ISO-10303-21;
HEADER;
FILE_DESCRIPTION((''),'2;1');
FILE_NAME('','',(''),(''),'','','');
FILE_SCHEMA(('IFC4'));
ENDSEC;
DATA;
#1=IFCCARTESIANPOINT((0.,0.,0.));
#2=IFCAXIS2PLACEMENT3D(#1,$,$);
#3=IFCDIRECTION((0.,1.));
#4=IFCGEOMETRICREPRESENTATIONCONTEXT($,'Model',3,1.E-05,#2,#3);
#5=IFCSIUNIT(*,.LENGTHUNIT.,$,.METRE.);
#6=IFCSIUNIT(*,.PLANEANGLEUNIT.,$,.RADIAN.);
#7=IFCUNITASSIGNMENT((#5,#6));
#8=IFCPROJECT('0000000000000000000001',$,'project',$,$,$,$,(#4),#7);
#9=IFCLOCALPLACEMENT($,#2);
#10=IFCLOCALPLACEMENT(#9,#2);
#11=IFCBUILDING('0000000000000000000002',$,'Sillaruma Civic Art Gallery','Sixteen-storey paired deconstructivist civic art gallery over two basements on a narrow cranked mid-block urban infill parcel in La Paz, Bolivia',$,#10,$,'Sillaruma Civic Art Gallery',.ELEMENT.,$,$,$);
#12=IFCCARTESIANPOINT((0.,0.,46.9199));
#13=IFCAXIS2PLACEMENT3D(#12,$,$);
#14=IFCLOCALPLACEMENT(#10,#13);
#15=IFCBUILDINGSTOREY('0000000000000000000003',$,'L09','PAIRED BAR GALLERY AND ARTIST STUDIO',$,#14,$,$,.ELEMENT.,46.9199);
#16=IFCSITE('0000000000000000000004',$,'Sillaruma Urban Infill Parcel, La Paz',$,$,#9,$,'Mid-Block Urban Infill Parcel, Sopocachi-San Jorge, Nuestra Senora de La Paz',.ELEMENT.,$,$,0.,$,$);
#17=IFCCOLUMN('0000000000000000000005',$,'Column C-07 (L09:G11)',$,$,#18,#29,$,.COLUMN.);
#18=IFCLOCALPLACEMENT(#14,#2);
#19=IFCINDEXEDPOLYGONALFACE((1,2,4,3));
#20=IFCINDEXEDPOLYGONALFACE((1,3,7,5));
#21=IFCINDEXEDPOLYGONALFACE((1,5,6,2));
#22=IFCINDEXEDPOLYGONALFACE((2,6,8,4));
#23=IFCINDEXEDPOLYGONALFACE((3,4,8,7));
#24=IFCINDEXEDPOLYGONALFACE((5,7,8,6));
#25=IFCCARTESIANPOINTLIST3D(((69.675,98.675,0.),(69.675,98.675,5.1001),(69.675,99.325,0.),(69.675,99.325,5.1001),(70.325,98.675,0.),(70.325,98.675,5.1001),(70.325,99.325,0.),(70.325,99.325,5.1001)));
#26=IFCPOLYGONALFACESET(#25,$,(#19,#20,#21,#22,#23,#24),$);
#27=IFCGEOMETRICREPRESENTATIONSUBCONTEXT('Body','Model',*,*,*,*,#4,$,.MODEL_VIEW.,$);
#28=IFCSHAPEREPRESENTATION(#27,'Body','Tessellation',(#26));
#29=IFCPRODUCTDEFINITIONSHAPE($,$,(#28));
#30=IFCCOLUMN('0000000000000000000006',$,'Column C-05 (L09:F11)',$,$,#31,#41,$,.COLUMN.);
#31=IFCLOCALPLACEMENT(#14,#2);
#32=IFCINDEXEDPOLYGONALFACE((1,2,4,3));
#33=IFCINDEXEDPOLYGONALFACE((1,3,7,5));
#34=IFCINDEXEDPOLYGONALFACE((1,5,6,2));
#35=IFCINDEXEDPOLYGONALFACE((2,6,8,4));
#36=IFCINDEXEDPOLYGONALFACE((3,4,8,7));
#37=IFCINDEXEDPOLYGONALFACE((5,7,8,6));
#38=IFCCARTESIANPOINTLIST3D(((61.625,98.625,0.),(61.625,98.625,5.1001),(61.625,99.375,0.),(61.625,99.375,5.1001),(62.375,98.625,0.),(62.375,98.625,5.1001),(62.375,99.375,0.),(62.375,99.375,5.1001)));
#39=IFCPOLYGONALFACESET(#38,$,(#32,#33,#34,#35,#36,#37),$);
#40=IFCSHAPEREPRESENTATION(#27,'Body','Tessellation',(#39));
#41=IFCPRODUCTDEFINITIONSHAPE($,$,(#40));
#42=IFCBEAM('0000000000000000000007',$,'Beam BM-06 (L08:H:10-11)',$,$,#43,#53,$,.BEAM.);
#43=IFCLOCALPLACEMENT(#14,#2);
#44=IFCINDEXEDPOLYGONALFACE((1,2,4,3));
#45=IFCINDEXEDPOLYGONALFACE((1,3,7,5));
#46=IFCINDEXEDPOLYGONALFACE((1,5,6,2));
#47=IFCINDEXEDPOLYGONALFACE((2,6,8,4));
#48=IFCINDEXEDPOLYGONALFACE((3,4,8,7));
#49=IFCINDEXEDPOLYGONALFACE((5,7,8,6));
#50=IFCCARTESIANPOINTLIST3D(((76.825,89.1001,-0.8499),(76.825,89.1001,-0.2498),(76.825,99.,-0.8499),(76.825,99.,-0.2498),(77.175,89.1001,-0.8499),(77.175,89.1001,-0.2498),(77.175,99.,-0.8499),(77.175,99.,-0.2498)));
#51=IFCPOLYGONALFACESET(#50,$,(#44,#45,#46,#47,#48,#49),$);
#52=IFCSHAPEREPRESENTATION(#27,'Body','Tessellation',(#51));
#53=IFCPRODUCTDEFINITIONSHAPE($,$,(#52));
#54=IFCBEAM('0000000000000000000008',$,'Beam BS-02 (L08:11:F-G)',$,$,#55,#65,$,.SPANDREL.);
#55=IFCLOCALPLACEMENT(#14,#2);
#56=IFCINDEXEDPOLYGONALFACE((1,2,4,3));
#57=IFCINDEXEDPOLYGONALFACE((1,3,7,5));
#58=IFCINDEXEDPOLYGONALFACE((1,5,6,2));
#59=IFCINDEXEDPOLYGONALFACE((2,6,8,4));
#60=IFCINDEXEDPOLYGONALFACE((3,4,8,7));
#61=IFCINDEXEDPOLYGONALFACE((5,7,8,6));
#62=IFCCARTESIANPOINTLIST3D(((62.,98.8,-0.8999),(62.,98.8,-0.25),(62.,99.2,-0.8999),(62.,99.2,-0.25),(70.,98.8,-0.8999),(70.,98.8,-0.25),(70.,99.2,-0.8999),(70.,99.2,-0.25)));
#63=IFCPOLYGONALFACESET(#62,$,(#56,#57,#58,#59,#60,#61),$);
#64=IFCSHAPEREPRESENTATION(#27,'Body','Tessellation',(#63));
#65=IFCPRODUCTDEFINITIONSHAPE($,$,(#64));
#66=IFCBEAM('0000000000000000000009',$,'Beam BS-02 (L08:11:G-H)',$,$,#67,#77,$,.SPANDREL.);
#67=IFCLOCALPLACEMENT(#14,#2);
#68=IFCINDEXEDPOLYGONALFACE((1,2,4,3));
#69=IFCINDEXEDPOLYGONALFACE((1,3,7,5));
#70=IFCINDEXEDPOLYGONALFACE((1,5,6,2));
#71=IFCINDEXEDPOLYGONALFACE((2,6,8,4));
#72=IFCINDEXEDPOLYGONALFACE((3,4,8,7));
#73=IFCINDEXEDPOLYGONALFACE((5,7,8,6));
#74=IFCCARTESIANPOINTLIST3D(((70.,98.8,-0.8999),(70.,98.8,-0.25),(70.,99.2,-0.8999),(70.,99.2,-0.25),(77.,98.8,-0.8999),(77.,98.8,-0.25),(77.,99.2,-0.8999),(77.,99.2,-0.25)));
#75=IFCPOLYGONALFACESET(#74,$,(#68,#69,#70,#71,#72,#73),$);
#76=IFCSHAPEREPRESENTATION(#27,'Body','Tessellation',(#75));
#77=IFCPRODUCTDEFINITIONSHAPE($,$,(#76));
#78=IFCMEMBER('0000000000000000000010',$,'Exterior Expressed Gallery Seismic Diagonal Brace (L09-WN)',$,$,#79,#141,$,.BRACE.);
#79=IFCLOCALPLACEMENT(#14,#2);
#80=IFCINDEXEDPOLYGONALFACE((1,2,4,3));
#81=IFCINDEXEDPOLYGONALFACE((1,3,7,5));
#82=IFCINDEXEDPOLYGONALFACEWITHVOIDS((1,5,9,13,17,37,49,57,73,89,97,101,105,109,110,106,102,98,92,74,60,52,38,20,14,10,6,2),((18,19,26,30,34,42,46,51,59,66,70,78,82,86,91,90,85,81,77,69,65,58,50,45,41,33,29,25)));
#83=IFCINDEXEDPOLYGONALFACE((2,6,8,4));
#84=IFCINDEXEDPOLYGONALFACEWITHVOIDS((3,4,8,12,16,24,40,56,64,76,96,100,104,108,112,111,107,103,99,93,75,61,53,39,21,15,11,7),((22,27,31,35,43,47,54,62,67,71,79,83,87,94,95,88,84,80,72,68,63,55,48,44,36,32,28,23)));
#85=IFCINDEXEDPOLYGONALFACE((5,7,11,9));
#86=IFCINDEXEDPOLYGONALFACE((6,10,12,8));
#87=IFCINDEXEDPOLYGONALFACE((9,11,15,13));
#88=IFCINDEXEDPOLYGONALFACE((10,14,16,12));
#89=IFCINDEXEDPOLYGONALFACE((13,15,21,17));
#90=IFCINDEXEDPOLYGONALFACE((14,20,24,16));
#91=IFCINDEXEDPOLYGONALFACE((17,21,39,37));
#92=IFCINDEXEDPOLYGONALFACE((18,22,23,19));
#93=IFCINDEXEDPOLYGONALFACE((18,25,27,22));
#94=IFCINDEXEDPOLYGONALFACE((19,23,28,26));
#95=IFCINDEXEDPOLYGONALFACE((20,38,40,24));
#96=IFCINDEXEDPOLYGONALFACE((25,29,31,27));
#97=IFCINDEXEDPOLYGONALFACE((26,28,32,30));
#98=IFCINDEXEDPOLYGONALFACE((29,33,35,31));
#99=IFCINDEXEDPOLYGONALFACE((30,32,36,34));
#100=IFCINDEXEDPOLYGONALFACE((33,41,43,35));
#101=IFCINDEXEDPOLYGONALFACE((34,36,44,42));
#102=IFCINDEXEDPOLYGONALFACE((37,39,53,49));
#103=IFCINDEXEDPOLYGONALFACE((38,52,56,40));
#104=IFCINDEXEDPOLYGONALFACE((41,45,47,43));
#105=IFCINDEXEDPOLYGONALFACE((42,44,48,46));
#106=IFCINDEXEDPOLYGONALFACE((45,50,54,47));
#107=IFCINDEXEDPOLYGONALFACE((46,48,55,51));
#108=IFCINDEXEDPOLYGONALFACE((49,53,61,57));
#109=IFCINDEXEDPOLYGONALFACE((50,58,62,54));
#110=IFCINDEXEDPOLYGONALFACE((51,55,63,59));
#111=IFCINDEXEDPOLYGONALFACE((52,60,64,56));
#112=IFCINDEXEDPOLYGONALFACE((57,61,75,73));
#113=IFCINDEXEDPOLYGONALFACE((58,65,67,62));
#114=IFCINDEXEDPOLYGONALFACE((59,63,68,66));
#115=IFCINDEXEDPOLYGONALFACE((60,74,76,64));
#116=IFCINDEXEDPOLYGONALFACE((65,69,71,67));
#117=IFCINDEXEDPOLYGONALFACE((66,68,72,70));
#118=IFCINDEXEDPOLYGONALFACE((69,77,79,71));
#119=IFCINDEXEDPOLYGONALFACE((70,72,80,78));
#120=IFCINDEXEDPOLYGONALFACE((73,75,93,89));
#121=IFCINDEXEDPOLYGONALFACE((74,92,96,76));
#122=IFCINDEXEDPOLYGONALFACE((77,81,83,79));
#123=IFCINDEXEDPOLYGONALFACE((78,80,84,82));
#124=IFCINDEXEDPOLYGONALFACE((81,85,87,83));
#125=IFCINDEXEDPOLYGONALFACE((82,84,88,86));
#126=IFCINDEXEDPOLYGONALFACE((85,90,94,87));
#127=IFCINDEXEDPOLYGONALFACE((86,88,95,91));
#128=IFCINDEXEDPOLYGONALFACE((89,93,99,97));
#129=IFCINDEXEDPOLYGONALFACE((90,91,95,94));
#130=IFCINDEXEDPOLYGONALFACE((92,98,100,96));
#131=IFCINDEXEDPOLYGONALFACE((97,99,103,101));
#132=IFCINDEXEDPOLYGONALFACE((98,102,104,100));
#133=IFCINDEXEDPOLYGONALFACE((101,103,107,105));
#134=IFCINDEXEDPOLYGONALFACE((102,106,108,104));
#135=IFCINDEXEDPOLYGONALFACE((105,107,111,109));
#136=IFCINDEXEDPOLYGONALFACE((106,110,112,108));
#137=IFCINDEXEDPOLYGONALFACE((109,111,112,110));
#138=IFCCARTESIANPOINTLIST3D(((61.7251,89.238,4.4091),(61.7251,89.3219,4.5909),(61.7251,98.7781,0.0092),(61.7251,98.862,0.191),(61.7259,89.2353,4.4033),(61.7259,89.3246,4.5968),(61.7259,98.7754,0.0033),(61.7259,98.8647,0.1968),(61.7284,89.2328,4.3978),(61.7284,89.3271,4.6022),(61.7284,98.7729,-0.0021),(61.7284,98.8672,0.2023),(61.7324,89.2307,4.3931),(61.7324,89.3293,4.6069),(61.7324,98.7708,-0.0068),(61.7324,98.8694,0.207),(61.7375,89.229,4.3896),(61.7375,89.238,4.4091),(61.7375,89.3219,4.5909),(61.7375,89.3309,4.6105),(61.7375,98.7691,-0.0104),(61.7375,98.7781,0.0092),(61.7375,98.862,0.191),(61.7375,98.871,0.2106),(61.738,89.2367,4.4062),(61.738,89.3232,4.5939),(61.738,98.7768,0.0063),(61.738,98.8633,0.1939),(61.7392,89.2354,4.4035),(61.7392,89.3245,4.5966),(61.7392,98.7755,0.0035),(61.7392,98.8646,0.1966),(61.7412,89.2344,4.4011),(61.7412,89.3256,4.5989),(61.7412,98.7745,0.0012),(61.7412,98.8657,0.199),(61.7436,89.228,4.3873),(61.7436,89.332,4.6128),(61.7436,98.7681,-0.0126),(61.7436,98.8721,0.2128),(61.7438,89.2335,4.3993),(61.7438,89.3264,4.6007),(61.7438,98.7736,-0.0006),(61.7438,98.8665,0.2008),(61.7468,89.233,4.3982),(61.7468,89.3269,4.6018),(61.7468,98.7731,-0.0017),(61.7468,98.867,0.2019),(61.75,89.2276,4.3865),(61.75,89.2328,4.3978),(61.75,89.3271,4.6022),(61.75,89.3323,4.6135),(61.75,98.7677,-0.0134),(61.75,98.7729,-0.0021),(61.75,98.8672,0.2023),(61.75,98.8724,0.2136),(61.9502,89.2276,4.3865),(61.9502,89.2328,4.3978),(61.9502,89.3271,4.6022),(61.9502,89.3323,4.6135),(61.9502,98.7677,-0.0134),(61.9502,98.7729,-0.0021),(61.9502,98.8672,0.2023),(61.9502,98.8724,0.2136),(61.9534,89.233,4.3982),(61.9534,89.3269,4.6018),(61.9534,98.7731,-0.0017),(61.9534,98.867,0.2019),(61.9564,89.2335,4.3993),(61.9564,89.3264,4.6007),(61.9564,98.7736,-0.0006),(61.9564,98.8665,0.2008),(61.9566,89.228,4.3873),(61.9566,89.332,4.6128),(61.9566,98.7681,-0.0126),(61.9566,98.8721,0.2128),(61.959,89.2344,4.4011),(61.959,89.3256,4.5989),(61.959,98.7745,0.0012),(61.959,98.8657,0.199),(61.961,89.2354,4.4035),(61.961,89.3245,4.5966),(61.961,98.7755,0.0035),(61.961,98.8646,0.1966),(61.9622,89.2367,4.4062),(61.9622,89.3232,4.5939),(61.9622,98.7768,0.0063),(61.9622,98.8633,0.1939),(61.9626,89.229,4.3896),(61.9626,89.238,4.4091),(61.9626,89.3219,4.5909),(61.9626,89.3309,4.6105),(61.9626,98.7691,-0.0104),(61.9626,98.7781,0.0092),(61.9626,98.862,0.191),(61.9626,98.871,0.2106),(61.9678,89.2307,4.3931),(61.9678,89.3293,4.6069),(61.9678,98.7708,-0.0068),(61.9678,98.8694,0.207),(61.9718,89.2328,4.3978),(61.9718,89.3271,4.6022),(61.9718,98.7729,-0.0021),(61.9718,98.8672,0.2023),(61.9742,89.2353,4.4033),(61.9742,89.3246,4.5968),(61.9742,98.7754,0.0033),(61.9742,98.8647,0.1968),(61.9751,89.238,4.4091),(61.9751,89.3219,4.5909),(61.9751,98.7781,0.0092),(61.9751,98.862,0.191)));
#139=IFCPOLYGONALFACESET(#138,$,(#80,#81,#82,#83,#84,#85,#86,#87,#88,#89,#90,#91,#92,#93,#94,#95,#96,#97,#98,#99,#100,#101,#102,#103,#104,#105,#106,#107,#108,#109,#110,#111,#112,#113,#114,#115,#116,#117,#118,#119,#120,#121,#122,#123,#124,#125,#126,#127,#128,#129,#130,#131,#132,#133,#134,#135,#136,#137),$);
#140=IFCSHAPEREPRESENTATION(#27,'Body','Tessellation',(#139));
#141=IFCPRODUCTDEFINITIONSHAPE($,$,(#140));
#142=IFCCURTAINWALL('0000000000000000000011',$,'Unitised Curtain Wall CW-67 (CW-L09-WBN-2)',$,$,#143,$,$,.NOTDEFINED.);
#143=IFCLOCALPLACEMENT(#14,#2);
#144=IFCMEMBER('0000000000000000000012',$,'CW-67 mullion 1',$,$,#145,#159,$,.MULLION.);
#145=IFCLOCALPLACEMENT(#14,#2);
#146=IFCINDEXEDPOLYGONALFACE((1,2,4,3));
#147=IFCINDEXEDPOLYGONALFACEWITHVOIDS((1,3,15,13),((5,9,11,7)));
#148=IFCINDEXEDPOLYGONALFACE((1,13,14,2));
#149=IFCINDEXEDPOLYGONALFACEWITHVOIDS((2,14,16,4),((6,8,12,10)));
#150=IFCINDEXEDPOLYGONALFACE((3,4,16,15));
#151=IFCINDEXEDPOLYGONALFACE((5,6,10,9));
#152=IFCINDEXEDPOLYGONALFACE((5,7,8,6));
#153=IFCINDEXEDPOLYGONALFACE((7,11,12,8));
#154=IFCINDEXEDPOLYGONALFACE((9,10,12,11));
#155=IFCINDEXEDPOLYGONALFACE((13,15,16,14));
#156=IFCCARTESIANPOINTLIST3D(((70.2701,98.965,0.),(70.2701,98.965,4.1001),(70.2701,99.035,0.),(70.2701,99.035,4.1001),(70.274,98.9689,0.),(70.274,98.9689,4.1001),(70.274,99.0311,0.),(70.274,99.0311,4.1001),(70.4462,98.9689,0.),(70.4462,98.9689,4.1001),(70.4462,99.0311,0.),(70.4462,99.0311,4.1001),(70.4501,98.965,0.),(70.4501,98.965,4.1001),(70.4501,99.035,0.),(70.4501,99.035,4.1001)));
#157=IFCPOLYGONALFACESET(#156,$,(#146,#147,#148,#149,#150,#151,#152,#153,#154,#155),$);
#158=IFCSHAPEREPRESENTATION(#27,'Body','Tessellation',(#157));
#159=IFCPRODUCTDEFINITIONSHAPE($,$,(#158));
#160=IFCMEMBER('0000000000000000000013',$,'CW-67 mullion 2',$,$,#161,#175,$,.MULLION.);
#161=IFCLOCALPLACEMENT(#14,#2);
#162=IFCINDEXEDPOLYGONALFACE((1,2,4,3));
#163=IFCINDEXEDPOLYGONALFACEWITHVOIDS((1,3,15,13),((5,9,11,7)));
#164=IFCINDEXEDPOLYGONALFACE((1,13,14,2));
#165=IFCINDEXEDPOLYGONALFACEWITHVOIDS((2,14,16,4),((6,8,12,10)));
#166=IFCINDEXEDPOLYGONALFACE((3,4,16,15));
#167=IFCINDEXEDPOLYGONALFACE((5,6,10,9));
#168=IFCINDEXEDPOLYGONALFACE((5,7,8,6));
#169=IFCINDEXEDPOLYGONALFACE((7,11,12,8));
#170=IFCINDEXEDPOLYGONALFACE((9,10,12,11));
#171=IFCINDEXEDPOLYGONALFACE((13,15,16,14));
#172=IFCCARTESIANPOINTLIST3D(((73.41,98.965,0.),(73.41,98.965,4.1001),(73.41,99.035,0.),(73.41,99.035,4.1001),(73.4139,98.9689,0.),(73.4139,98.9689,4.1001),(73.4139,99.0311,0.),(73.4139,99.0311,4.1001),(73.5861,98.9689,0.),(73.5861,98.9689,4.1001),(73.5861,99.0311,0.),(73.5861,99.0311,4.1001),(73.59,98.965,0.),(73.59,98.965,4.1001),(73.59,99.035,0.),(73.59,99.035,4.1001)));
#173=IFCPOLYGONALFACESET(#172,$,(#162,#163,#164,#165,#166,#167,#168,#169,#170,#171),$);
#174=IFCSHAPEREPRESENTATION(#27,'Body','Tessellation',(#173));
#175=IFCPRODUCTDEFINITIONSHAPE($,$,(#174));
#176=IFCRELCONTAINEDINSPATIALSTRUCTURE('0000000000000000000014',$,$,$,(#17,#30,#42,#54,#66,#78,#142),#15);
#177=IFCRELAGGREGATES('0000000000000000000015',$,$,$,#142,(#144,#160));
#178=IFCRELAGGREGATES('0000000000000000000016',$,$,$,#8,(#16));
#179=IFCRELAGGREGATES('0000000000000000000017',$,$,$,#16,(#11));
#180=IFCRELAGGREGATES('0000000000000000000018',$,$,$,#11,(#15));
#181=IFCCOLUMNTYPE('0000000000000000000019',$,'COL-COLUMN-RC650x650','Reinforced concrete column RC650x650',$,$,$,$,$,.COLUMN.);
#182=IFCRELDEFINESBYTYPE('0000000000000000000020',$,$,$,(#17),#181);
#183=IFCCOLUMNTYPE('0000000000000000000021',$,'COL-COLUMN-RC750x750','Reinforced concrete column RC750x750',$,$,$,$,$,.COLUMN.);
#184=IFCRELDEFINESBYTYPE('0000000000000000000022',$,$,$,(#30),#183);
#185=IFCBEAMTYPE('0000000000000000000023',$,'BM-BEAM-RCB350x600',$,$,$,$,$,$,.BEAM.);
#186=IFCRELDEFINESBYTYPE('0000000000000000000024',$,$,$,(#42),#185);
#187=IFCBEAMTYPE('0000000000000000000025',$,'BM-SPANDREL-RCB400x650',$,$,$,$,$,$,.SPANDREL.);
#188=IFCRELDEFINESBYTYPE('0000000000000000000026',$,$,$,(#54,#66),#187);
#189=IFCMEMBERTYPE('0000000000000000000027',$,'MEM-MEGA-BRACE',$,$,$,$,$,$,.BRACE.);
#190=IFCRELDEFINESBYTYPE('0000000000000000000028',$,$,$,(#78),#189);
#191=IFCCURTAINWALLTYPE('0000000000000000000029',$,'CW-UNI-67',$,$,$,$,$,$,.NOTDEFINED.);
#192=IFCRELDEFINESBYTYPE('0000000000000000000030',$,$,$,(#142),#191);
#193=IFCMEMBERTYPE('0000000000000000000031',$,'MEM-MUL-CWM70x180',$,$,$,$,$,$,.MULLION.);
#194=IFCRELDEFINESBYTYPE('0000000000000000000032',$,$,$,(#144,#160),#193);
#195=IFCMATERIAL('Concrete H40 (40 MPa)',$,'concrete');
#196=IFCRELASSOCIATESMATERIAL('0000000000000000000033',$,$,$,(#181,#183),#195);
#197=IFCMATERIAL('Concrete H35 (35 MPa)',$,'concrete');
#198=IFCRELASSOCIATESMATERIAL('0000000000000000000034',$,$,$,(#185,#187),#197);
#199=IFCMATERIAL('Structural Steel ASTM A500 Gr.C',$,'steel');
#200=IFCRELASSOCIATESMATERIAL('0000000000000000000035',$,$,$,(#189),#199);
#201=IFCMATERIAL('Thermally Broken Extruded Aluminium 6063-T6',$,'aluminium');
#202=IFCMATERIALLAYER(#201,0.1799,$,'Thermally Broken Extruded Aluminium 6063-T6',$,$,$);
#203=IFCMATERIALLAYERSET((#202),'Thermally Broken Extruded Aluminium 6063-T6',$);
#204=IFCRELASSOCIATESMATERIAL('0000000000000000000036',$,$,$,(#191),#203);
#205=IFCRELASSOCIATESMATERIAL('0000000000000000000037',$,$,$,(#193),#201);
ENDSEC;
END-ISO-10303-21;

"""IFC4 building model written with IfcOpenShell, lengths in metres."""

from ifc_helpers import new_model, si_unit, direction, frame, origin, origin_2d, place, context, subcontext, project, spatial, rectangle, hollow_rectangle, extrude, material, layer, layer_set, material_profile, profile_set, type_object, element, aggregate, save


model = new_model("IFC4")

# Units and contexts
model_context = context("Model", 3, precision=1e-05, world=origin(), true_north=direction((0.0, 1.0)))
body_context = subcontext(model_context, "Body", "Model", "MODEL_VIEW")
ifc_project = project(units=[si_unit("LENGTHUNIT", "METRE"), si_unit("PLANEANGLEUNIT", "RADIAN")], contexts=[model_context])

# Site, building, storey
site_placement = place(None, origin())
site = spatial("IfcSite", under=ifc_project, at=site_placement, Name="Sillaruma Urban Infill Parcel, La Paz", LongName="Mid-Block Urban Infill Parcel, Sopocachi-San Jorge, Nuestra Senora de La Paz", CompositionType="ELEMENT", RefElevation=0.0)
building_placement = place(site_placement, origin())
building = spatial("IfcBuilding", under=site, at=building_placement, Name="Sillaruma Civic Art Gallery", Description="Sixteen-storey paired deconstructivist civic art gallery over two basements on a narrow cranked mid-block urban infill parcel in La Paz, Bolivia", LongName="Sillaruma Civic Art Gallery", CompositionType="ELEMENT")
storey_placement = place(building_placement, frame((0.0, 0.0, 46.9199)))
storey = spatial("IfcBuildingStorey", under=building, at=storey_placement, Name="L09", Description="PAIRED BAR GALLERY AND ARTIST STUDIO", CompositionType="ELEMENT", Elevation=46.9199)

# Columns
ifc_material_1 = material(Name="Concrete H40 (40 MPa)", Category="concrete")
ifc_material_profile_1 = material_profile(ifc_material_1, rectangle(XDim=0.6499, YDim=0.6499, at=origin_2d()), Name="RC650x650")
ifc_profile_set_1 = profile_set([ifc_material_profile_1], Name="Concrete H40 (40 MPa)")
column_type_1 = type_object("IfcColumnType", Name="COL-COLUMN-RC650x650", Description="Reinforced concrete column RC650x650", PredefinedType="COLUMN", material=ifc_profile_set_1)
column_1_placement = place(storey_placement, frame((70.0, 99.0, 0.0), z_axis=(0.0, 0.0, 1.0), x_axis=(1.0, 0.0, 0.0)))
element("IfcColumn", 1, at=column_1_placement, inside=storey, type_object=column_type_1, Name="Column C-07 (L09:G11)", PredefinedType="COLUMN", context=body_context, shape_type="SweptSolid", body=[
    extrude(rectangle(XDim=0.6499, YDim=0.6499, at=origin_2d()), origin(), (0.0, 0.0, 1.0), 5.1001),
])
ifc_material_profile_2 = material_profile(ifc_material_1, rectangle(XDim=0.75, YDim=0.75, at=origin_2d()), Name="RC750x750")
ifc_profile_set_2 = profile_set([ifc_material_profile_2], Name="Concrete H40 (40 MPa)")
column_type_2 = type_object("IfcColumnType", Name="COL-COLUMN-RC750x750", Description="Reinforced concrete column RC750x750", PredefinedType="COLUMN", material=ifc_profile_set_2)
column_2_placement = place(storey_placement, frame((62.0, 99.0, 0.0), z_axis=(0.0, 0.0, 1.0), x_axis=(1.0, 0.0, 0.0)))
element("IfcColumn", 2, at=column_2_placement, inside=storey, type_object=column_type_2, Name="Column C-05 (L09:F11)", PredefinedType="COLUMN", context=body_context, shape_type="SweptSolid", body=[
    extrude(rectangle(XDim=0.75, YDim=0.75, at=origin_2d()), origin(), (0.0, 0.0, 1.0), 5.1001),
])

# Beams
ifc_material_2 = material(Name="Concrete H35 (35 MPa)", Category="concrete")
ifc_material_profile_3 = material_profile(ifc_material_2, rectangle(XDim=0.3501, YDim=0.6001, at=origin_2d()), Name="RCB350x600")
ifc_profile_set_3 = profile_set([ifc_material_profile_3], Name="Concrete H35 (35 MPa)")
beam_type_1 = type_object("IfcBeamType", Name="BM-BEAM-RCB350x600", PredefinedType="BEAM", material=ifc_profile_set_3)
beam_1_placement = place(storey_placement, frame((77.0, 89.1001, -0.5498), z_axis=(0.0, 1.0, 0.0), x_axis=(-1.0, 0.0, 0.0)))
element("IfcBeam", 3, at=beam_1_placement, inside=storey, type_object=beam_type_1, Name="Beam BM-06 (L08:H:10-11)", PredefinedType="BEAM", context=body_context, shape_type="SweptSolid", body=[
    extrude(rectangle(XDim=0.3501, YDim=0.6001, at=origin_2d()), origin(), (0.0, 0.0, 1.0), 9.8999),
])
ifc_material_profile_4 = material_profile(ifc_material_2, rectangle(XDim=0.3999, YDim=0.6499, at=origin_2d()), Name="RCB400x650")
ifc_profile_set_4 = profile_set([ifc_material_profile_4], Name="Concrete H35 (35 MPa)")
beam_type_2 = type_object("IfcBeamType", Name="BM-SPANDREL-RCB400x650", PredefinedType="SPANDREL", material=ifc_profile_set_4)
beam_2_placement = place(storey_placement, frame((62.0, 99.0, -0.575), z_axis=(1.0, 0.0, 0.0), x_axis=(0.0, 1.0, 0.0)))
element("IfcBeam", 4, at=beam_2_placement, inside=storey, type_object=beam_type_2, Name="Beam BS-02 (L08:11:F-G)", PredefinedType="SPANDREL", context=body_context, shape_type="SweptSolid", body=[
    extrude(rectangle(XDim=0.3999, YDim=0.6499, at=origin_2d()), origin(), (0.0, 0.0, 1.0), 8.0),
])
beam_3_placement = place(storey_placement, frame((70.0, 99.0, -0.575), z_axis=(1.0, 0.0, 0.0), x_axis=(0.0, 1.0, 0.0)))
element("IfcBeam", 5, at=beam_3_placement, inside=storey, type_object=beam_type_2, Name="Beam BS-02 (L08:11:G-H)", PredefinedType="SPANDREL", context=body_context, shape_type="SweptSolid", body=[
    extrude(rectangle(XDim=0.3999, YDim=0.6499, at=origin_2d()), origin(), (0.0, 0.0, 1.0), 7.0),
])

# Member
ifc_material_3 = material(Name="Structural Steel ASTM A500 Gr.C", Category="steel")
ifc_material_profile_5 = material_profile(ifc_material_3, hollow_rectangle(XDim=0.25, YDim=0.25, WallThickness=0.0125, InnerFilletRadius=0.0125, OuterFilletRadius=0.0249, at=origin_2d()), Name="HSS250x250x12.5")
ifc_profile_set_5 = profile_set([ifc_material_profile_5], Name="Structural Steel ASTM A500 Gr.C")
member_type_1 = type_object("IfcMemberType", Name="MEM-MEGA-BRACE", PredefinedType="BRACE", material=ifc_profile_set_5)
member_1_placement = place(storey_placement, frame((61.8501, 98.8201, 0.1001), z_axis=(0.0, -0.908075, 0.418808), x_axis=(1.0, 0.0, 0.0)))
element("IfcMember", 6, at=member_1_placement, inside=storey, type_object=member_type_1, Name="Exterior Expressed Gallery Seismic Diagonal Brace (L09-WN)", PredefinedType="BRACE", context=body_context, shape_type="SweptSolid", body=[
    extrude(hollow_rectangle(XDim=0.25, YDim=0.25, WallThickness=0.0125, InnerFilletRadius=0.0125, OuterFilletRadius=0.0249, at=origin_2d()), origin(), (0.0, 0.0, 1.0), 10.5059),
])

# Curtain wall, members
ifc_material_4 = material(Name="Thermally Broken Extruded Aluminium 6063-T6", Category="aluminium")
ifc_layer_1 = layer(ifc_material_4, 0.1799, Name="Thermally Broken Extruded Aluminium 6063-T6")
ifc_layer_set_1 = layer_set([ifc_layer_1], Name="Thermally Broken Extruded Aluminium 6063-T6")
curtain_wall_type = type_object("IfcCurtainWallType", Name="CW-UNI-67", PredefinedType="NOTDEFINED", material=ifc_layer_set_1)
curtain_wall_placement = place(storey_placement, origin())
curtain_wall = element("IfcCurtainWall", 7, at=curtain_wall_placement, inside=storey, type_object=curtain_wall_type, Name="Unitised Curtain Wall CW-67 (CW-L09-WBN-2)", PredefinedType="NOTDEFINED")
ifc_material_profile_6 = material_profile(ifc_material_4, hollow_rectangle(XDim=0.0701, YDim=0.1799, WallThickness=0.0039, at=origin_2d()), Name="CWM70x180")
ifc_profile_set_6 = profile_set([ifc_material_profile_6], Name="Thermally Broken Extruded Aluminium 6063-T6")
member_type_2 = type_object("IfcMemberType", Name="MEM-MUL-CWM70x180", PredefinedType="MULLION", material=ifc_profile_set_6)
member_2_placement = place(storey_placement, frame((70.3601, 99.0, 0.0), z_axis=(0.0, 0.0, 1.0), x_axis=(0.0, 1.0, 0.0)))
member_2 = element("IfcMember", 8, at=member_2_placement, type_object=member_type_2, Name="CW-67 mullion 1", PredefinedType="MULLION", context=body_context, shape_type="SweptSolid", body=[
    extrude(hollow_rectangle(XDim=0.0701, YDim=0.1799, WallThickness=0.0039, at=origin_2d()), origin(), (0.0, 0.0, 1.0), 4.1001),
])
member_3_placement = place(storey_placement, frame((73.5, 99.0, 0.0), z_axis=(0.0, 0.0, 1.0), x_axis=(0.0, 1.0, 0.0)))
member_3 = element("IfcMember", 9, at=member_3_placement, type_object=member_type_2, Name="CW-67 mullion 2", PredefinedType="MULLION", context=body_context, shape_type="SweptSolid", body=[
    extrude(hollow_rectangle(XDim=0.0701, YDim=0.1799, WallThickness=0.0039, at=origin_2d()), origin(), (0.0, 0.0, 1.0), 4.1001),
])
aggregate(curtain_wall, [member_2, member_3])

save(model, "model.ifc")
